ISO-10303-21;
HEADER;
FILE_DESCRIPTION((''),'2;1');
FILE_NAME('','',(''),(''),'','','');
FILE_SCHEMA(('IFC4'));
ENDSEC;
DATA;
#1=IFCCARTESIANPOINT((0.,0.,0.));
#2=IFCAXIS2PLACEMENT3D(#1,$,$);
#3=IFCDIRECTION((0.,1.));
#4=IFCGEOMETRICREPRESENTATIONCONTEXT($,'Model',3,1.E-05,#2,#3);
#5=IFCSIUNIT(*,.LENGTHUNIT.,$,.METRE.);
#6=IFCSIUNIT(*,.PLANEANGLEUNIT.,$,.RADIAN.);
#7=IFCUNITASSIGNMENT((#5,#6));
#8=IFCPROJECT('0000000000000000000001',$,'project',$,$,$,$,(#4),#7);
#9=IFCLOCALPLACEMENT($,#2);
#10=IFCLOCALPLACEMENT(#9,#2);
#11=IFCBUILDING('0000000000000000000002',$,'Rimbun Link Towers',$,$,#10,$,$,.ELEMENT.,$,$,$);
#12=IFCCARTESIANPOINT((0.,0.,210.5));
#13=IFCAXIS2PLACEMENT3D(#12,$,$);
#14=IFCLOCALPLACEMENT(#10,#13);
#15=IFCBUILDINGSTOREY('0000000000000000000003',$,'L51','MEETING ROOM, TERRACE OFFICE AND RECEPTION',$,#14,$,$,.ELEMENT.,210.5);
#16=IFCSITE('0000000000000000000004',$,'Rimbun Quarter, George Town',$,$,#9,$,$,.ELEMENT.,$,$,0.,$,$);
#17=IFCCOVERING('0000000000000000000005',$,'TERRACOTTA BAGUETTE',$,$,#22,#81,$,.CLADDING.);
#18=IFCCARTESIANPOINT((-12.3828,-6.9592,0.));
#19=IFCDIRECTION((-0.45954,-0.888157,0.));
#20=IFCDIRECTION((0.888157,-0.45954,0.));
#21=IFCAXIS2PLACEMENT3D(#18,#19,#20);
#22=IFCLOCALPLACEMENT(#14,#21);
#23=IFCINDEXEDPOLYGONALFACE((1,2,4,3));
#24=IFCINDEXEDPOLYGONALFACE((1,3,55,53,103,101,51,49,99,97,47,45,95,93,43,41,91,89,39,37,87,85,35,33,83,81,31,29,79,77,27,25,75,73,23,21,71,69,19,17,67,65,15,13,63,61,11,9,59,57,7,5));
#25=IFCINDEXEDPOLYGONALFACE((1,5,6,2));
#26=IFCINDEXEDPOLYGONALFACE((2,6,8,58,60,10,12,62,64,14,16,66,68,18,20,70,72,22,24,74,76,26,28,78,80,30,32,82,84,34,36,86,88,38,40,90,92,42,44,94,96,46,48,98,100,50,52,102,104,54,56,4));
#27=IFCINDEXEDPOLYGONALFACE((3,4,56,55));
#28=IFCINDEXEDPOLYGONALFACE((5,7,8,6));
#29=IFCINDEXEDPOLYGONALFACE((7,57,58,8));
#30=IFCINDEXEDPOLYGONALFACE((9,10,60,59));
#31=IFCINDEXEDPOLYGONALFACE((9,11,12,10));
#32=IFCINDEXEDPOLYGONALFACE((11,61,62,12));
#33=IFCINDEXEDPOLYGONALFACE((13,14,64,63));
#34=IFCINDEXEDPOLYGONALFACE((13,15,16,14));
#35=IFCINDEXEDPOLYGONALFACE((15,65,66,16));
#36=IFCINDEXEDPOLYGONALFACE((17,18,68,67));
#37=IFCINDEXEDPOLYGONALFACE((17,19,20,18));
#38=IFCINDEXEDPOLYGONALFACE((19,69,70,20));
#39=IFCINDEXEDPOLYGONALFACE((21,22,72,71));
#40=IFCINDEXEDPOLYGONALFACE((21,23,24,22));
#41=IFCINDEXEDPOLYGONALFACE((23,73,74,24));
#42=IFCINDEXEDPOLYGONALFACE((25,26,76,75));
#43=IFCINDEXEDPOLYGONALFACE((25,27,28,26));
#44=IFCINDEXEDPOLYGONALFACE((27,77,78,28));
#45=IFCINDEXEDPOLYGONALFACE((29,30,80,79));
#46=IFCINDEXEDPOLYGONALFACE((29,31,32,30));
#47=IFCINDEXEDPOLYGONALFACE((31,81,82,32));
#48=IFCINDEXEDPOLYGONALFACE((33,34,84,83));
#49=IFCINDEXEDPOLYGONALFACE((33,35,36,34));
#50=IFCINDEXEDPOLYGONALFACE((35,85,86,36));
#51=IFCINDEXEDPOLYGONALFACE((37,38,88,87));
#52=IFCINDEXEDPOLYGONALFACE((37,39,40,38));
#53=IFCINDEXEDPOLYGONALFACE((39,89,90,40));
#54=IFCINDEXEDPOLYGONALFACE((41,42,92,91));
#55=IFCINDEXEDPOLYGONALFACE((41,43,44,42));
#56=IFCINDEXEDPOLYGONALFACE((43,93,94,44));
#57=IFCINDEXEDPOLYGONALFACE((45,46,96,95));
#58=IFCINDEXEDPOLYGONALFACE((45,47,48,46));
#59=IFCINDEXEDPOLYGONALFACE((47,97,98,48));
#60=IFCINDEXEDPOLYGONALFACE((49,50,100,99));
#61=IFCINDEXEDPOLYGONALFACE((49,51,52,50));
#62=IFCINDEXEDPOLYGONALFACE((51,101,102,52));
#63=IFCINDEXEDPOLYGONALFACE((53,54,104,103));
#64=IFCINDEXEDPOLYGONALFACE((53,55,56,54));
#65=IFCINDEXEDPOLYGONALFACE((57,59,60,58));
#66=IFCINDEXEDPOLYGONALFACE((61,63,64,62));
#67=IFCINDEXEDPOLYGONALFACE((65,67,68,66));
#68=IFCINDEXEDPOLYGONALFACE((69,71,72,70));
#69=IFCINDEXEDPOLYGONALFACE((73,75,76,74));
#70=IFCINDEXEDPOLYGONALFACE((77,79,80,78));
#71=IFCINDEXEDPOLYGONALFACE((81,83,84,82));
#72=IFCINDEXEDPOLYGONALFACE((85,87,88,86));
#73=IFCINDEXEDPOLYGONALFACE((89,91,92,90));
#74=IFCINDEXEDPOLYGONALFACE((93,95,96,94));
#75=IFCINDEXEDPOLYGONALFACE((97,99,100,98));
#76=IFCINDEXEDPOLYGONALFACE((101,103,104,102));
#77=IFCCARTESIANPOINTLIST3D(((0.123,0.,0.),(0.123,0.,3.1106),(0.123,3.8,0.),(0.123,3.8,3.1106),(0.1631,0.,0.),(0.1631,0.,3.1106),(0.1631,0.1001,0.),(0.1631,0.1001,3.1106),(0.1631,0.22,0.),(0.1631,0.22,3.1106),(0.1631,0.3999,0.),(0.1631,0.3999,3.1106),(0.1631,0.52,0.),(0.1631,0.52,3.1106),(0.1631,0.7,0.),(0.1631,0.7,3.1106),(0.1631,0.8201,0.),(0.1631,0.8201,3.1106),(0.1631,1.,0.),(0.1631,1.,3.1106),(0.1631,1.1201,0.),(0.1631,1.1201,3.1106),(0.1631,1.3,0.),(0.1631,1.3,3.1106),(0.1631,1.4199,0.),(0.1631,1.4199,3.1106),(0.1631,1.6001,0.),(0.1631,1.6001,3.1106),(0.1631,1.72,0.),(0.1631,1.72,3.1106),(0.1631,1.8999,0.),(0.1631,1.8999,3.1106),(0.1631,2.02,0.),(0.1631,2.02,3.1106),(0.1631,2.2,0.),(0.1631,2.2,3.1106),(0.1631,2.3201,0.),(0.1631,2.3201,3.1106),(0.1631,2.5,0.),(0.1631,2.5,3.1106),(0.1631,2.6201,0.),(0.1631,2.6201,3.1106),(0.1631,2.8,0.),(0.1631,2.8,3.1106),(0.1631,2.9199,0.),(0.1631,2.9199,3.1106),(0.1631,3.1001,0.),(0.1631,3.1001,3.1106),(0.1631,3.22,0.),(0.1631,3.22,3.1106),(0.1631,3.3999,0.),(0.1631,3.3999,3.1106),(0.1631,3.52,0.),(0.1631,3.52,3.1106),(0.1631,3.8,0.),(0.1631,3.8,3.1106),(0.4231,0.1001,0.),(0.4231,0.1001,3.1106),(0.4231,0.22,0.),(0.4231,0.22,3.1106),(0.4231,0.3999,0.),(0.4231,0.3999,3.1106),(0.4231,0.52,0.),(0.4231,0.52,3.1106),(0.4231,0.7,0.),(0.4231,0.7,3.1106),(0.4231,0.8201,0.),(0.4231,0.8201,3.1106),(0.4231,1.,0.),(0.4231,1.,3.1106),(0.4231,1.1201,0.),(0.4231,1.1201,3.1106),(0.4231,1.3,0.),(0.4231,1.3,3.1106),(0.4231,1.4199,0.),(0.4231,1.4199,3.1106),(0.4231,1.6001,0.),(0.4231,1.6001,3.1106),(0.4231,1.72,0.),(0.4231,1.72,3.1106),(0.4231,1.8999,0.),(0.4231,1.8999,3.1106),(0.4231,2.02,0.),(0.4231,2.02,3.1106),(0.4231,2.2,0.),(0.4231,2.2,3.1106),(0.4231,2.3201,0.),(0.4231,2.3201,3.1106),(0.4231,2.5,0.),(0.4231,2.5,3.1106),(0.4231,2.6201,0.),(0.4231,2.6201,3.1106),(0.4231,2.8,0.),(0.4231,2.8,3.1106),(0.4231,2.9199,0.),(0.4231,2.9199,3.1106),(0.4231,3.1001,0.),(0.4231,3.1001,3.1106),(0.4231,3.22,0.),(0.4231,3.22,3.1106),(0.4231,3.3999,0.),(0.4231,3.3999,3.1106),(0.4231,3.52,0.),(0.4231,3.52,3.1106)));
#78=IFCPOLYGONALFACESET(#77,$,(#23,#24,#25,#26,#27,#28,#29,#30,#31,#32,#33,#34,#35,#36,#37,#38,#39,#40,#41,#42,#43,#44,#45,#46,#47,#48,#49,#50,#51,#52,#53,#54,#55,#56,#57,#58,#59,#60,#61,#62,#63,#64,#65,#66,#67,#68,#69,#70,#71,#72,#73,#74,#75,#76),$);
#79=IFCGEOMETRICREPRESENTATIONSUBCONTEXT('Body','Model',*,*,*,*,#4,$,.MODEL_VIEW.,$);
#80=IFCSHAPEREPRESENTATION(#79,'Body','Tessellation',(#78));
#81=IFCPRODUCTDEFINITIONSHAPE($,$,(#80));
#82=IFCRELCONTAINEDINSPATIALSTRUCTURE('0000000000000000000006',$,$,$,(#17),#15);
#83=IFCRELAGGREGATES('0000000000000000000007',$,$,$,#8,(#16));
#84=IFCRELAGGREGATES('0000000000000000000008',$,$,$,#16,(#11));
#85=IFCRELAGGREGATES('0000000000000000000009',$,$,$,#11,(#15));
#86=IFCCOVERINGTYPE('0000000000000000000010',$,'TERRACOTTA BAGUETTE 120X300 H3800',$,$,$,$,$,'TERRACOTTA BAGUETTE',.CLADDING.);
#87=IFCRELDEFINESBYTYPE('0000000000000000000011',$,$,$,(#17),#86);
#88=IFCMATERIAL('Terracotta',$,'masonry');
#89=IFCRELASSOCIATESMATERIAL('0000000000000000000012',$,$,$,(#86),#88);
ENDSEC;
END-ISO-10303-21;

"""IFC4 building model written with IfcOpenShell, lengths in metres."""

from ifc_helpers import new_model, si_unit, direction, frame, origin, place, context, subcontext, project, spatial, polyline, outline, extrude, material, material_profile, profile_set, type_object, element, save


model = new_model("IFC4")

# Units and contexts
model_context = context("Model", 3, precision=1e-05, world=origin(), true_north=direction((0.0, 1.0)))
body_context = subcontext(model_context, "Body", "Model", "MODEL_VIEW")
ifc_project = project(units=[si_unit("LENGTHUNIT", "METRE"), si_unit("PLANEANGLEUNIT", "RADIAN")], contexts=[model_context])

# Site, building, storey
site_placement = place(None, origin())
site = spatial("IfcSite", under=ifc_project, at=site_placement, Name="Rimbun Quarter, George Town", CompositionType="ELEMENT", RefElevation=0.0)
building_placement = place(site_placement, origin())
building = spatial("IfcBuilding", under=site, at=building_placement, Name="Rimbun Link Towers", CompositionType="ELEMENT")
storey_placement = place(building_placement, frame((0.0, 0.0, 210.5)))
storey = spatial("IfcBuildingStorey", under=building, at=storey_placement, Name="L51", Description="MEETING ROOM, TERRACE OFFICE AND RECEPTION", CompositionType="ELEMENT", Elevation=210.5)

# Covering
ifc_material_1 = material(Name="Terracotta", Category="masonry")
ifc_material_profile_1 = material_profile(ifc_material_1, outline(polyline([(0.123, 0.0), (0.1631, 0.0), (0.1631, 0.1001), (0.4231, 0.1001), (0.4231, 0.22), (0.1631, 0.22), (0.1631, 0.3999), (0.4231, 0.3999), (0.4231, 0.52), (0.1631, 0.52), (0.1631, 0.7), (0.4231, 0.7), (0.4231, 0.8201), (0.1631, 0.8201), (0.1631, 1.0), (0.4231, 1.0), (0.4231, 1.1201), (0.1631, 1.1201), (0.1631, 1.3), (0.4231, 1.3), (0.4231, 1.4199), (0.1631, 1.4199), (0.1631, 1.6001), (0.4231, 1.6001), (0.4231, 1.72), (0.1631, 1.72), (0.1631, 1.8999), (0.4231, 1.8999), (0.4231, 2.02), (0.1631, 2.02), (0.1631, 2.2), (0.4231, 2.2), (0.4231, 2.3201), (0.1631, 2.3201), (0.1631, 2.5), (0.4231, 2.5), (0.4231, 2.6201), (0.1631, 2.6201), (0.1631, 2.8), (0.4231, 2.8), (0.4231, 2.9199), (0.1631, 2.9199), (0.1631, 3.1001), (0.4231, 3.1001), (0.4231, 3.22), (0.1631, 3.22), (0.1631, 3.3999), (0.4231, 3.3999), (0.4231, 3.52), (0.1631, 3.52), (0.1631, 3.8), (0.123, 3.8), (0.123, 0.0)])), Name="BAGUETTE 120X300")
ifc_profile_set_1 = profile_set([ifc_material_profile_1], Name="Terracotta")
covering_type = type_object("IfcCoveringType", Name="TERRACOTTA BAGUETTE 120X300 H3800", ElementType="TERRACOTTA BAGUETTE", PredefinedType="CLADDING", material=ifc_profile_set_1)
covering_1_placement = place(storey_placement, frame((-12.3828, -6.9592, 0.0), z_axis=(-0.45954, -0.888157, 0.0), x_axis=(0.888157, -0.45954, 0.0)))
element("IfcCovering", 1, at=covering_1_placement, inside=storey, type_object=covering_type, Name="TERRACOTTA BAGUETTE", PredefinedType="CLADDING", context=body_context, shape_type="SweptSolid", body=[
    extrude(outline(polyline([(0.123, 0.0), (0.1631, 0.0), (0.1631, 0.1001), (0.4231, 0.1001), (0.4231, 0.22), (0.1631, 0.22), (0.1631, 0.3999), (0.4231, 0.3999), (0.4231, 0.52), (0.1631, 0.52), (0.1631, 0.7), (0.4231, 0.7), (0.4231, 0.8201), (0.1631, 0.8201), (0.1631, 1.0), (0.4231, 1.0), (0.4231, 1.1201), (0.1631, 1.1201), (0.1631, 1.3), (0.4231, 1.3), (0.4231, 1.4199), (0.1631, 1.4199), (0.1631, 1.6001), (0.4231, 1.6001), (0.4231, 1.72), (0.1631, 1.72), (0.1631, 1.8999), (0.4231, 1.8999), (0.4231, 2.02), (0.1631, 2.02), (0.1631, 2.2), (0.4231, 2.2), (0.4231, 2.3201), (0.1631, 2.3201), (0.1631, 2.5), (0.4231, 2.5), (0.4231, 2.6201), (0.1631, 2.6201), (0.1631, 2.8), (0.4231, 2.8), (0.4231, 2.9199), (0.1631, 2.9199), (0.1631, 3.1001), (0.4231, 3.1001), (0.4231, 3.22), (0.1631, 3.22), (0.1631, 3.3999), (0.4231, 3.3999), (0.4231, 3.52), (0.1631, 3.52), (0.1631, 3.8), (0.123, 3.8), (0.123, 0.0)])), origin(), (0.0, 0.0, 1.0), 3.1106),
])

save(model, "model.ifc")
